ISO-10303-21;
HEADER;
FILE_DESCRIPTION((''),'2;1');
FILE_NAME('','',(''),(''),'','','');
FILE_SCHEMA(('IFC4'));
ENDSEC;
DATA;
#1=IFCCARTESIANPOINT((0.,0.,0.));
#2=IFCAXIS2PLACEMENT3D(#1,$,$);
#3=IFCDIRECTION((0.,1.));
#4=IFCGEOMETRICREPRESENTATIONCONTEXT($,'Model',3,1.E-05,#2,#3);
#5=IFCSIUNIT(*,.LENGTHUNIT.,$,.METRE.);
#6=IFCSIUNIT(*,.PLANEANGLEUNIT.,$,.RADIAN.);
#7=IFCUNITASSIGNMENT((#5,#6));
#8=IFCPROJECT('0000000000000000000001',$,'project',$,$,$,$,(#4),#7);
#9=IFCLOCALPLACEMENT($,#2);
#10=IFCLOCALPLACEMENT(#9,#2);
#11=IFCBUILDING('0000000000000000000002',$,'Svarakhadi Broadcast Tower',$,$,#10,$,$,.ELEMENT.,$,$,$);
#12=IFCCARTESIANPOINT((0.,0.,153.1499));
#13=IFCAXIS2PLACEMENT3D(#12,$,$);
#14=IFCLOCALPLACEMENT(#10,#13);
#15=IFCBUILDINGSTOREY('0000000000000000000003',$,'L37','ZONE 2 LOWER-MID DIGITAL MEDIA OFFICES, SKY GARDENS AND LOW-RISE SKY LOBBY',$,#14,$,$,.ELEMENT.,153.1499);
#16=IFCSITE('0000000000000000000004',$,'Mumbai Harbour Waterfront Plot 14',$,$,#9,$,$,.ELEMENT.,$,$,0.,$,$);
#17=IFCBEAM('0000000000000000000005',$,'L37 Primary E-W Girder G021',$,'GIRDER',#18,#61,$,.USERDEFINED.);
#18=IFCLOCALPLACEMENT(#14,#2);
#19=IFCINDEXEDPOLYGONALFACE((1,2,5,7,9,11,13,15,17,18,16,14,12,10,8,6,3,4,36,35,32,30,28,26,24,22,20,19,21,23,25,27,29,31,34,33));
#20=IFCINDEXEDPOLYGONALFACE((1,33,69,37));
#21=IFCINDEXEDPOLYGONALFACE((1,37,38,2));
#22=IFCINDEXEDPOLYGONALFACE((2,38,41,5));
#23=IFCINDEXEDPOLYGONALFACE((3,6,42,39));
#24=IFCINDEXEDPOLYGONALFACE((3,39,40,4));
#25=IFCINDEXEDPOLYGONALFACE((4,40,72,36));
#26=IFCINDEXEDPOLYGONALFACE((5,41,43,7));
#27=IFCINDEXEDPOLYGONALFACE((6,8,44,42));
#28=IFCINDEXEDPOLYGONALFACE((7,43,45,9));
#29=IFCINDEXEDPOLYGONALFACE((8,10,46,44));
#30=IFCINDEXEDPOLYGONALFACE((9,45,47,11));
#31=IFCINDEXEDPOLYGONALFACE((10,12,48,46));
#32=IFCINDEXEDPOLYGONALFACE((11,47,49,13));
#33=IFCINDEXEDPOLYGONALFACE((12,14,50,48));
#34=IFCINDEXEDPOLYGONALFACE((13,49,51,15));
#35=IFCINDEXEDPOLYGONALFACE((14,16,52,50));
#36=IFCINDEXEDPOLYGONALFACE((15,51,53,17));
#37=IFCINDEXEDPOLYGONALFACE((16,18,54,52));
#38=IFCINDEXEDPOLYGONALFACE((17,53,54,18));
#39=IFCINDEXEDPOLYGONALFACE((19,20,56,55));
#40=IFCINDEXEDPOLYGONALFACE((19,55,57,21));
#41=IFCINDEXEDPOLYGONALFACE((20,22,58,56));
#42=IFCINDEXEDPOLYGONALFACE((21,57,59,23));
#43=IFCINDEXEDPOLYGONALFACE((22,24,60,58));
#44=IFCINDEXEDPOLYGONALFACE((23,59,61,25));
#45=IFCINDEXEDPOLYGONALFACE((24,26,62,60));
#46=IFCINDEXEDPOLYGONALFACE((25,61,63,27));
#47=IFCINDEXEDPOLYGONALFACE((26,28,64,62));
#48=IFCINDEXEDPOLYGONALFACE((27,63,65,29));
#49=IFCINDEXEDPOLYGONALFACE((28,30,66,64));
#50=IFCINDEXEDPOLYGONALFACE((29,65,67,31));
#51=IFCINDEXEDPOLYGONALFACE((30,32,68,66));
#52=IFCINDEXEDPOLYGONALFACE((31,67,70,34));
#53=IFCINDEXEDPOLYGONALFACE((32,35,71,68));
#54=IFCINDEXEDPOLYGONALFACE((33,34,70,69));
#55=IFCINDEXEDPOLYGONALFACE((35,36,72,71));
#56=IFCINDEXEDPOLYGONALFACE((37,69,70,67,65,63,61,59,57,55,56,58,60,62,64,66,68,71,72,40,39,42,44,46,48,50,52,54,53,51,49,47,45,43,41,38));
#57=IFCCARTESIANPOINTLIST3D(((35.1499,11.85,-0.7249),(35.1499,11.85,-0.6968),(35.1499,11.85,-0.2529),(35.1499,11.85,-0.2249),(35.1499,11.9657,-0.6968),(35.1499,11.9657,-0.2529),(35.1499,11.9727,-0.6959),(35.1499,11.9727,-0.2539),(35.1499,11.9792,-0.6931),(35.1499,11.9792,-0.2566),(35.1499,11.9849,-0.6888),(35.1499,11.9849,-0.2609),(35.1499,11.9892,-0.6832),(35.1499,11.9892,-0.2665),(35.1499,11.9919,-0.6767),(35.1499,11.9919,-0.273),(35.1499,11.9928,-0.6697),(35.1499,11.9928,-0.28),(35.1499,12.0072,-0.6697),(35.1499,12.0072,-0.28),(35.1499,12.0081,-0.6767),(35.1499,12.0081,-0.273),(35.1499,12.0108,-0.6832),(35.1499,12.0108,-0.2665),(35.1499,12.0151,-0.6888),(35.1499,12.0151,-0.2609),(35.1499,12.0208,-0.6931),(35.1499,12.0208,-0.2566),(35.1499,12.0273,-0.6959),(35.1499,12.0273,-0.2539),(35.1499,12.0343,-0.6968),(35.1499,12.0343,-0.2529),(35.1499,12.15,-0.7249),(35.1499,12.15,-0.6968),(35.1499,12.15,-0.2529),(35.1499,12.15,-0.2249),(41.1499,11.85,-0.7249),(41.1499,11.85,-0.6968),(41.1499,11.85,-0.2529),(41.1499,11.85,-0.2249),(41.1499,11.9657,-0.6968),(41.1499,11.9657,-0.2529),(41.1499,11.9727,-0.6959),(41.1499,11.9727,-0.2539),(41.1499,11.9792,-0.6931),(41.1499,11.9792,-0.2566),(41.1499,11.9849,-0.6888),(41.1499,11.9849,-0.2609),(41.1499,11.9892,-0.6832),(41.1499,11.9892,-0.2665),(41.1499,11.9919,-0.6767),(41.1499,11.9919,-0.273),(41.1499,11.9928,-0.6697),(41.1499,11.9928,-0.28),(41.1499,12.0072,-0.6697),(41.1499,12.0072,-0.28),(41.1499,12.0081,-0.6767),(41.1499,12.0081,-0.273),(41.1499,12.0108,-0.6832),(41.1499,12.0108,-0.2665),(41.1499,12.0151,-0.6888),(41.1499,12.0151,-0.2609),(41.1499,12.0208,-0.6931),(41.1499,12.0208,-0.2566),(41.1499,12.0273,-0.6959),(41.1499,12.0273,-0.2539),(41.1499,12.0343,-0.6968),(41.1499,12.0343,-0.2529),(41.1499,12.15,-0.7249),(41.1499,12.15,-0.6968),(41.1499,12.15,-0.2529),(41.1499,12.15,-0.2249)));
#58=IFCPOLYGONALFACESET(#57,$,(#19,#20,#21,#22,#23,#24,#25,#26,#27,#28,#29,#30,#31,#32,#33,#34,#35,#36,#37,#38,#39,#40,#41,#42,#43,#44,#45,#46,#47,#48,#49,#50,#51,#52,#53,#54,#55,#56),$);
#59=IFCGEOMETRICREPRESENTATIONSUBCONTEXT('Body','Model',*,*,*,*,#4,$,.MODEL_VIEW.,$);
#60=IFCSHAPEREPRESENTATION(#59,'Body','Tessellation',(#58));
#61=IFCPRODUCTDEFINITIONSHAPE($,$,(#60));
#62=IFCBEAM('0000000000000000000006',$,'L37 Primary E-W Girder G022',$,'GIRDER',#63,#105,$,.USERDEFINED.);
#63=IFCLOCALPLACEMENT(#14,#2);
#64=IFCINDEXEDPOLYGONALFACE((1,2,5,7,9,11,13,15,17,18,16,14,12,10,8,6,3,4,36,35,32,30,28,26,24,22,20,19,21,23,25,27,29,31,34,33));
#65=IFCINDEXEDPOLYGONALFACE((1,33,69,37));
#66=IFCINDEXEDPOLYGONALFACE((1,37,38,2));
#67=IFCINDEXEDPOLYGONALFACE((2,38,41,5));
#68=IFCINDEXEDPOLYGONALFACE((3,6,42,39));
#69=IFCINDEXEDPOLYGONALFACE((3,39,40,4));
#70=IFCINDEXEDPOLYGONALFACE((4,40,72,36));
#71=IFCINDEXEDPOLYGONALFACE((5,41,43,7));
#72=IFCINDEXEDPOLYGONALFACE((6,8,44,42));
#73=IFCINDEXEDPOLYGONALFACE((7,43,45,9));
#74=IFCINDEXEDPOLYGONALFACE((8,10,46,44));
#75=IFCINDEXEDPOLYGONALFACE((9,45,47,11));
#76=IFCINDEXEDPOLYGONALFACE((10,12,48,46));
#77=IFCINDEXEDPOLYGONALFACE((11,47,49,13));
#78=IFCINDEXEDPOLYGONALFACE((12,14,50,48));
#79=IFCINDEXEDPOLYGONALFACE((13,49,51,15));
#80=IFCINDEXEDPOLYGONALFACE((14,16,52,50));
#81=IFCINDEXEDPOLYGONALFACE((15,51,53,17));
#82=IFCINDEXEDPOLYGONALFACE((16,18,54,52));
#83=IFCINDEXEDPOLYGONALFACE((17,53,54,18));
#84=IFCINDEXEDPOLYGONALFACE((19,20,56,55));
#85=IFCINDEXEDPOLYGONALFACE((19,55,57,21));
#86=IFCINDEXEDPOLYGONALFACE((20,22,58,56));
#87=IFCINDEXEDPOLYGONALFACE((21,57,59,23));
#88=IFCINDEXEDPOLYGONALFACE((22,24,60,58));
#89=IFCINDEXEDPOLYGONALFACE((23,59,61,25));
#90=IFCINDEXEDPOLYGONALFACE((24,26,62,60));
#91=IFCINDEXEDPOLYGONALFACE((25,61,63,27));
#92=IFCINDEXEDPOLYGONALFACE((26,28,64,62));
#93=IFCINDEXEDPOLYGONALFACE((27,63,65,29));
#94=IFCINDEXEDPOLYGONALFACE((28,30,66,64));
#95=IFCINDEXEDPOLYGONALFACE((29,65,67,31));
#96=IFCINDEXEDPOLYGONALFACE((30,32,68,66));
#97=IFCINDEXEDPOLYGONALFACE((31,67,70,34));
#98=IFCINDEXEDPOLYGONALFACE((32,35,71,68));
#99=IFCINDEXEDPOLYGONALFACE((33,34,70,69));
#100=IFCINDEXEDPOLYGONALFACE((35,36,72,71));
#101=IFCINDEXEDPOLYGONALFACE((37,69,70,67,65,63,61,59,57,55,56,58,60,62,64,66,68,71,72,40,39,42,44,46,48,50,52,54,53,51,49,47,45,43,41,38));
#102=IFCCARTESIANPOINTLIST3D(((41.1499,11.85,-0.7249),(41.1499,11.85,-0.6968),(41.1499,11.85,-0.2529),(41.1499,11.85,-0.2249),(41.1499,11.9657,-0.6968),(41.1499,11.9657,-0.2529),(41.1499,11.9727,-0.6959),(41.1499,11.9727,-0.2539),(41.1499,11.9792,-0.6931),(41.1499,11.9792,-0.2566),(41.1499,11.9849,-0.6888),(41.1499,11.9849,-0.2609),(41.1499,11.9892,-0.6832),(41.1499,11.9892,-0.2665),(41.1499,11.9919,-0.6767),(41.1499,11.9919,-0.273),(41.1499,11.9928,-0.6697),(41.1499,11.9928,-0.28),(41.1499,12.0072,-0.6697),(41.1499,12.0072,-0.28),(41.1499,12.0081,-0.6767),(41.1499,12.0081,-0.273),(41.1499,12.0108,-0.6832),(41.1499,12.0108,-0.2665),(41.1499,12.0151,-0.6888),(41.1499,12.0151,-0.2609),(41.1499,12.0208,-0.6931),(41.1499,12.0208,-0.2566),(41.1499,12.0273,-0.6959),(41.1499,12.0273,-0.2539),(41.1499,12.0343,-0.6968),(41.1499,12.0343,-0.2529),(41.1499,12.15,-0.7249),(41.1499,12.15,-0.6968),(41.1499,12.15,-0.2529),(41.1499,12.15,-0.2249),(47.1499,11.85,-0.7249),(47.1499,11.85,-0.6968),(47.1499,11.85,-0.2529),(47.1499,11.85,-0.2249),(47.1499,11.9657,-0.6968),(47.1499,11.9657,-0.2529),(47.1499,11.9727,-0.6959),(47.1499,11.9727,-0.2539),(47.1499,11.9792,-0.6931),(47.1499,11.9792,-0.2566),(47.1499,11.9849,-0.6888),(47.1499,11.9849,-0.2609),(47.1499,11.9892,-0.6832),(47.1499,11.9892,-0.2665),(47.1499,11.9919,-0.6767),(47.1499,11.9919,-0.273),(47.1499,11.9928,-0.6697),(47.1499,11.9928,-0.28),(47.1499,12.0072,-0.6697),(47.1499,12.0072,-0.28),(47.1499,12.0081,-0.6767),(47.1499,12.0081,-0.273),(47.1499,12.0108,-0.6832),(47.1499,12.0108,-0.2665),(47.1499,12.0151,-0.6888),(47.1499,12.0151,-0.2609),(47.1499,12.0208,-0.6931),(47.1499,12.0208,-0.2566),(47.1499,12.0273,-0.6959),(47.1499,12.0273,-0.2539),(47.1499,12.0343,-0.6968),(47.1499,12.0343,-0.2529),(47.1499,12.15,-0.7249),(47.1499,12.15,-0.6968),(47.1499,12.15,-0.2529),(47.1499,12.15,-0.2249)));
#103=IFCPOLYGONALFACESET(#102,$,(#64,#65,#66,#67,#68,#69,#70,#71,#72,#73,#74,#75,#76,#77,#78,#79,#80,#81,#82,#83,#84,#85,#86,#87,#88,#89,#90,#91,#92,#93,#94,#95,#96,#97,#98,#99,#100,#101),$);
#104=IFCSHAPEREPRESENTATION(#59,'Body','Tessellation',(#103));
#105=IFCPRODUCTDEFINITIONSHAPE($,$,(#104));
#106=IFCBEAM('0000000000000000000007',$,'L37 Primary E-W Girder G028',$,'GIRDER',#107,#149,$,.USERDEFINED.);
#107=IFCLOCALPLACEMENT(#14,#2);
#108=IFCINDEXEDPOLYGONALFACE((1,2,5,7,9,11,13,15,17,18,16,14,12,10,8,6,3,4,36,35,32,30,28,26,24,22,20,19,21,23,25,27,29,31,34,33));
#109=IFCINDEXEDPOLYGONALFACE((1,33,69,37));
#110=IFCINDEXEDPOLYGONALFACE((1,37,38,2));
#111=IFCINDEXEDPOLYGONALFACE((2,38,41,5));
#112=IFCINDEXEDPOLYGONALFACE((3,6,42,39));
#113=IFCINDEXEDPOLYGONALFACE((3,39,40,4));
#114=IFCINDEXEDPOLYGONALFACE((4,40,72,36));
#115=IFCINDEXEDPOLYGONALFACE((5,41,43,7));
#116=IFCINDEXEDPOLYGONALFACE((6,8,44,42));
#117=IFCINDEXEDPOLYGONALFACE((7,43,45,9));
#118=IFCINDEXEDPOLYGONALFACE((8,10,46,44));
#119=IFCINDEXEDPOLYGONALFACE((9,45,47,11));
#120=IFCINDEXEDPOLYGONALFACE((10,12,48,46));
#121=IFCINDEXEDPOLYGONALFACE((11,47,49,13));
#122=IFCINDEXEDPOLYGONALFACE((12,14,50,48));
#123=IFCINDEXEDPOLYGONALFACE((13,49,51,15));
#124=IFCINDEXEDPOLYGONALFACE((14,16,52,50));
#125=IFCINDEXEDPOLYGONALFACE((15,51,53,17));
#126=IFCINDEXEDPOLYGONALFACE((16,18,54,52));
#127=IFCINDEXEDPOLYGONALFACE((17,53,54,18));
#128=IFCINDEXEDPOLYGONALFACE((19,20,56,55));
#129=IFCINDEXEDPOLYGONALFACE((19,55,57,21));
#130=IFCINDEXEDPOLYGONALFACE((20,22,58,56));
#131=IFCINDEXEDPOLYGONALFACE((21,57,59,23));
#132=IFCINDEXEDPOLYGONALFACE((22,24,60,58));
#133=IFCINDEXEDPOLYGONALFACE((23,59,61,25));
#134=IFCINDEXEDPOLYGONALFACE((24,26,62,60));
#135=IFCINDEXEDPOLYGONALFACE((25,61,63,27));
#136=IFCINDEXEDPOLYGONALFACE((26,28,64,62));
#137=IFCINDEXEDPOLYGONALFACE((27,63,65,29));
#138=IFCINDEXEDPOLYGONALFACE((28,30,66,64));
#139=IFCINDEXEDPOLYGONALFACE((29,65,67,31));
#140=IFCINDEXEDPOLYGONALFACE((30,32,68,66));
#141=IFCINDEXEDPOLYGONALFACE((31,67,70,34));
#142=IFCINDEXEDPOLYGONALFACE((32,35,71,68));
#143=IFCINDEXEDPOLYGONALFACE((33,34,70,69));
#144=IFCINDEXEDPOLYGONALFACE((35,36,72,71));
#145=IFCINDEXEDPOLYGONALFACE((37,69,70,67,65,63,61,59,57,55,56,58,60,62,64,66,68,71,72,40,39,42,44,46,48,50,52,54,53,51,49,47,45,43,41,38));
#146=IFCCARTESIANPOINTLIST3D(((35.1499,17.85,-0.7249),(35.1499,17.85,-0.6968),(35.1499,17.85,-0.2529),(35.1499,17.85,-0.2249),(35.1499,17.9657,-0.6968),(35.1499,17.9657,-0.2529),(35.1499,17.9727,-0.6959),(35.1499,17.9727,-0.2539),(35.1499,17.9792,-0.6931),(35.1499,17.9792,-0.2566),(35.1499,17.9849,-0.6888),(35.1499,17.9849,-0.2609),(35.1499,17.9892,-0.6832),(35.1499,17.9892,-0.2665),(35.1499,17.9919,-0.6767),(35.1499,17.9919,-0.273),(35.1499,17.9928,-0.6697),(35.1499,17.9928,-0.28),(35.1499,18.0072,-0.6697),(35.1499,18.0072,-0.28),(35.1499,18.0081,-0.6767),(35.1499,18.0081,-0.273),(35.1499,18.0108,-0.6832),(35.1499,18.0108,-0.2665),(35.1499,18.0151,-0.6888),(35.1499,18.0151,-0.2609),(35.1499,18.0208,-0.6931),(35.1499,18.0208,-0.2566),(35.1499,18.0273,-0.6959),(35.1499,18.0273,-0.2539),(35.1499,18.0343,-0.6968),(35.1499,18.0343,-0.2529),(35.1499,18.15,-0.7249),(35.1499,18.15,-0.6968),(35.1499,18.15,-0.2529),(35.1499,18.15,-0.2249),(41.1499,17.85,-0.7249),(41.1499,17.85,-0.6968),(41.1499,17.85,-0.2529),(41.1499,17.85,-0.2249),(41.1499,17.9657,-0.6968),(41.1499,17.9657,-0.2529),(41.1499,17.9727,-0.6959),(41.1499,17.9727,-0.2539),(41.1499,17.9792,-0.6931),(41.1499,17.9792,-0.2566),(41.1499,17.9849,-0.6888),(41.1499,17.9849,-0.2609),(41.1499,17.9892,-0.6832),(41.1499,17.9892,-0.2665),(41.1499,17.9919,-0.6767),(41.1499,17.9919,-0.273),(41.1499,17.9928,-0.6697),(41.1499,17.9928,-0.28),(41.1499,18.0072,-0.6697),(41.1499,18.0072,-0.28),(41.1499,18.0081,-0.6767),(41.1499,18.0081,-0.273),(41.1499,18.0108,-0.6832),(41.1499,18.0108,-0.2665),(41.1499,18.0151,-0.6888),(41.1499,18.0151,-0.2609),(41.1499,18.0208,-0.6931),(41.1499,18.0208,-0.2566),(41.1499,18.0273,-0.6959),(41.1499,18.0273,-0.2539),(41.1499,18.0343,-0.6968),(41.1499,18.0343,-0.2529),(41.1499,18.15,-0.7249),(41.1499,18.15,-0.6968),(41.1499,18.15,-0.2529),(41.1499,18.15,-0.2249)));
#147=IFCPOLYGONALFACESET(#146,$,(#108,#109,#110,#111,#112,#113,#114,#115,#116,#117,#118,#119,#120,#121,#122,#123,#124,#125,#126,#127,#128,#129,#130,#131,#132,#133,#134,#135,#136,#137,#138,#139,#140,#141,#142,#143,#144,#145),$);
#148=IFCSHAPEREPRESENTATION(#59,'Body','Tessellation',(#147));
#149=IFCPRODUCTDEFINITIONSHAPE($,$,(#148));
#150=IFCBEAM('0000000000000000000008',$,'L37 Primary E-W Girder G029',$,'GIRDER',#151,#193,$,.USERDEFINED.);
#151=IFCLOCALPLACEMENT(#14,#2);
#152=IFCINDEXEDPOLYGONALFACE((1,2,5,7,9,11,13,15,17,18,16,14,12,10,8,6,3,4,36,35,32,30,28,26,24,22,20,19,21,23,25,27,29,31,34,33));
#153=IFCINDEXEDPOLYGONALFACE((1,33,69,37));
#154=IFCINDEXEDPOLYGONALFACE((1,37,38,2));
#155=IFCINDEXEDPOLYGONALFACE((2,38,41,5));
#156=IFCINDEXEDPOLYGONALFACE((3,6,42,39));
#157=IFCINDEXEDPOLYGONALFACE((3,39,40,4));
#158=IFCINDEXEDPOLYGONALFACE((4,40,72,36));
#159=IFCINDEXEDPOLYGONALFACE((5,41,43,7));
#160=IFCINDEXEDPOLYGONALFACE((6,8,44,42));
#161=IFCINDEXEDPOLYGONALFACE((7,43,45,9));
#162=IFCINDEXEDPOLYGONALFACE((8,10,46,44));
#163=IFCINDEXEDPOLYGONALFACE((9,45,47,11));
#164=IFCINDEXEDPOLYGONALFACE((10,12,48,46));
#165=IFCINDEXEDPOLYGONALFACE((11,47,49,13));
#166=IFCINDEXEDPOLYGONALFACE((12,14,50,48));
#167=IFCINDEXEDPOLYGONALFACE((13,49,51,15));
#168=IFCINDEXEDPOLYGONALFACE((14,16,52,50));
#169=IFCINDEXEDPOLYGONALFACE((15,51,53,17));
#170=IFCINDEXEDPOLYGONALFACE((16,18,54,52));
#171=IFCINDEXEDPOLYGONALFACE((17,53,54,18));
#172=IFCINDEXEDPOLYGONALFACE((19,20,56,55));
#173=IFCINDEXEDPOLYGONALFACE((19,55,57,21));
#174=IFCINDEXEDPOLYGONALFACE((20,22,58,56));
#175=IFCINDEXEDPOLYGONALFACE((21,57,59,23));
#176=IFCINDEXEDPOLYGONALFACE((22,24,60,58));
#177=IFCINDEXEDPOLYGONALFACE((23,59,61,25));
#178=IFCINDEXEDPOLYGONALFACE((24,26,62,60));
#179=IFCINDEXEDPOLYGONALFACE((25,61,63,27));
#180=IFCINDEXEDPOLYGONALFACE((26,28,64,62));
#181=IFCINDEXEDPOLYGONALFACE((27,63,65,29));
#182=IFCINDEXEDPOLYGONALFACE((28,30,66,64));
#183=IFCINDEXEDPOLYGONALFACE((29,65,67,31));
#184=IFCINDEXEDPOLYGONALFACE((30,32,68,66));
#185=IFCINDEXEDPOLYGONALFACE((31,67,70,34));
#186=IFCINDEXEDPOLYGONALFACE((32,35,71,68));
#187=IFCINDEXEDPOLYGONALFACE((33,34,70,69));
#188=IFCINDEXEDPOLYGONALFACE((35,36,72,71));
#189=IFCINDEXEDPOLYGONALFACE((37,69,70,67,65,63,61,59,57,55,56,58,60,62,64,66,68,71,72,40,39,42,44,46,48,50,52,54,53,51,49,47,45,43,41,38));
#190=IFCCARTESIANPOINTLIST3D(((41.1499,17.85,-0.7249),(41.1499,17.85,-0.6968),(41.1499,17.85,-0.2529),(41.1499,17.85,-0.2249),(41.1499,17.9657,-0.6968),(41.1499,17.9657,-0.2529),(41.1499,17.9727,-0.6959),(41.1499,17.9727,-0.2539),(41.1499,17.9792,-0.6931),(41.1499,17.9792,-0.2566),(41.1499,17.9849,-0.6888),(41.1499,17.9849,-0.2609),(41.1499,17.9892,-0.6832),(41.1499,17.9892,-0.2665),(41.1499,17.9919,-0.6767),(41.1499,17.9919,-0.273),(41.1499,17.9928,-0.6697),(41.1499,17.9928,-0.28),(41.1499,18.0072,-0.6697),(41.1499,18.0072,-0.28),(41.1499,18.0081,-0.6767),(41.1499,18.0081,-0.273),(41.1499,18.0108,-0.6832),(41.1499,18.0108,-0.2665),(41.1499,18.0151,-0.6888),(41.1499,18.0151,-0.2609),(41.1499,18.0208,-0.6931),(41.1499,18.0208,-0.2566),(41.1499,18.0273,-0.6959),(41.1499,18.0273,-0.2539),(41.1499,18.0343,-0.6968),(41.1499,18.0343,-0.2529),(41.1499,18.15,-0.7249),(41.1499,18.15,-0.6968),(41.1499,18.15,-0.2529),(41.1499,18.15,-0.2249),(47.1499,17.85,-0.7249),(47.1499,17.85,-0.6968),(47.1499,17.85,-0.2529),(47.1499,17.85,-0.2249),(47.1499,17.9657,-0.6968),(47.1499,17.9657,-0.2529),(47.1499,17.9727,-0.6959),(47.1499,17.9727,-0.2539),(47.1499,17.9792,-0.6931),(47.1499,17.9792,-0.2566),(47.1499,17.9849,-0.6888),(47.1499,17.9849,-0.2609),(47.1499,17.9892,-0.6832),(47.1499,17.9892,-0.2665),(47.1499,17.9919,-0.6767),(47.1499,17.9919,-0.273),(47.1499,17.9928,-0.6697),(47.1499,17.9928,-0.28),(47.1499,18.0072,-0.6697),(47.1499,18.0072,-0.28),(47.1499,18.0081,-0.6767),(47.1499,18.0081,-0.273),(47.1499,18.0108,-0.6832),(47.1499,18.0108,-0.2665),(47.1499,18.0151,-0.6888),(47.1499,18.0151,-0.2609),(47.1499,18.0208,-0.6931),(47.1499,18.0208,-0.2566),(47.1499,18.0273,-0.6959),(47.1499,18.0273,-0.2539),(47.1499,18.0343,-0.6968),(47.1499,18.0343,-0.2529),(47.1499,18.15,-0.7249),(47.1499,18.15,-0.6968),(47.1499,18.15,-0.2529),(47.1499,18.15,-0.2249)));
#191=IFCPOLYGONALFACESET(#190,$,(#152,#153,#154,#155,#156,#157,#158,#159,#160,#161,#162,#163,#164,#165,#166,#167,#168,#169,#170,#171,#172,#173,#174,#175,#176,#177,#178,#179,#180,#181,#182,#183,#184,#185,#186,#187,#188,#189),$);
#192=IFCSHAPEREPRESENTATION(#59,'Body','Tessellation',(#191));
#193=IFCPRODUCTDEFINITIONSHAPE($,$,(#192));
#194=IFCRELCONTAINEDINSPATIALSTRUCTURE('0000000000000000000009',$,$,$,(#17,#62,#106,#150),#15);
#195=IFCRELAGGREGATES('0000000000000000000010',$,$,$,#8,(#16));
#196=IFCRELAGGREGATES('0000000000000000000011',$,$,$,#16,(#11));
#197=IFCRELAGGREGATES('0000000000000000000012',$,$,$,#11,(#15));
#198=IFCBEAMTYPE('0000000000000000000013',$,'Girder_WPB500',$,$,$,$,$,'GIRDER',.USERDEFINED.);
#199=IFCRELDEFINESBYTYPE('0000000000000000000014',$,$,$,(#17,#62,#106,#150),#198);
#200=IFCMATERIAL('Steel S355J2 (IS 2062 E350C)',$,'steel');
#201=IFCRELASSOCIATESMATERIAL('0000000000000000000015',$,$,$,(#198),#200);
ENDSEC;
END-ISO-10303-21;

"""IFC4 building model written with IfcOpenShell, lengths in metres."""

from ifc_helpers import new_model, si_unit, direction, frame, origin, origin_2d, place, context, subcontext, project, spatial, i_section, extrude, material, material_profile, profile_set, type_object, element, save


model = new_model("IFC4")

# Units and contexts
model_context = context("Model", 3, precision=1e-05, world=origin(), true_north=direction((0.0, 1.0)))
body_context = subcontext(model_context, "Body", "Model", "MODEL_VIEW")
ifc_project = project(units=[si_unit("LENGTHUNIT", "METRE"), si_unit("PLANEANGLEUNIT", "RADIAN")], contexts=[model_context])

# Site, building, storey
site_placement = place(None, origin())
site = spatial("IfcSite", under=ifc_project, at=site_placement, Name="Mumbai Harbour Waterfront Plot 14", CompositionType="ELEMENT", RefElevation=0.0)
building_placement = place(site_placement, origin())
building = spatial("IfcBuilding", under=site, at=building_placement, Name="Svarakhadi Broadcast Tower", CompositionType="ELEMENT")
storey_placement = place(building_placement, frame((0.0, 0.0, 153.1499)))
storey = spatial("IfcBuildingStorey", under=building, at=storey_placement, Name="L37", Description="ZONE 2 LOWER-MID DIGITAL MEDIA OFFICES, SKY GARDENS AND LOW-RISE SKY LOBBY", CompositionType="ELEMENT", Elevation=153.1499)

# Shared definitions
ifc_material_1 = material(Name="Steel S355J2 (IS 2062 E350C)", Category="steel")

# Beams
ifc_material_profile_1 = material_profile(ifc_material_1, i_section(OverallWidth=0.3, OverallDepth=0.5, WebThickness=0.0144, FlangeThickness=0.0281, FilletRadius=0.0271, at=origin_2d()), Name="WPB 500x300x187")
ifc_profile_set_1 = profile_set([ifc_material_profile_1], Name="Steel S355J2 (IS 2062 E350C)")
beam_type_1 = type_object("IfcBeamType", Name="Girder_WPB500", ElementType="GIRDER", PredefinedType="USERDEFINED", material=ifc_profile_set_1)
for number, where, z_axis, x_axis, name in (
    (1, (35.1499, 12.0, -0.4749), (1.0, 0.0, 0.0), (0.0, 1.0, 0.0), "L37 Primary E-W Girder G021"),
    (2, (41.1499, 12.0, -0.4749), (1.0, 0.0, 0.0), (0.0, 1.0, 0.0), "L37 Primary E-W Girder G022"),
    (3, (35.1499, 18.0, -0.4749), (1.0, 0.0, 0.0), (0.0, 1.0, 0.0), "L37 Primary E-W Girder G028"),
    (4, (41.1499, 18.0, -0.4749), (1.0, 0.0, 0.0), (0.0, 1.0, 0.0), "L37 Primary E-W Girder G029"),
):
    element("IfcBeam", number, at=place(storey_placement, frame(where, z_axis=z_axis, x_axis=x_axis)), inside=storey, type_object=beam_type_1, Name=name, ObjectType="GIRDER", PredefinedType="USERDEFINED", context=body_context, shape_type="SweptSolid", body=[
        extrude(i_section(OverallWidth=0.3, OverallDepth=0.5, WebThickness=0.0144, FlangeThickness=0.0281, FilletRadius=0.0271, at=origin_2d()), origin(), (0.0, 0.0, 1.0), 6.0),
    ])

save(model, "model.ifc")
